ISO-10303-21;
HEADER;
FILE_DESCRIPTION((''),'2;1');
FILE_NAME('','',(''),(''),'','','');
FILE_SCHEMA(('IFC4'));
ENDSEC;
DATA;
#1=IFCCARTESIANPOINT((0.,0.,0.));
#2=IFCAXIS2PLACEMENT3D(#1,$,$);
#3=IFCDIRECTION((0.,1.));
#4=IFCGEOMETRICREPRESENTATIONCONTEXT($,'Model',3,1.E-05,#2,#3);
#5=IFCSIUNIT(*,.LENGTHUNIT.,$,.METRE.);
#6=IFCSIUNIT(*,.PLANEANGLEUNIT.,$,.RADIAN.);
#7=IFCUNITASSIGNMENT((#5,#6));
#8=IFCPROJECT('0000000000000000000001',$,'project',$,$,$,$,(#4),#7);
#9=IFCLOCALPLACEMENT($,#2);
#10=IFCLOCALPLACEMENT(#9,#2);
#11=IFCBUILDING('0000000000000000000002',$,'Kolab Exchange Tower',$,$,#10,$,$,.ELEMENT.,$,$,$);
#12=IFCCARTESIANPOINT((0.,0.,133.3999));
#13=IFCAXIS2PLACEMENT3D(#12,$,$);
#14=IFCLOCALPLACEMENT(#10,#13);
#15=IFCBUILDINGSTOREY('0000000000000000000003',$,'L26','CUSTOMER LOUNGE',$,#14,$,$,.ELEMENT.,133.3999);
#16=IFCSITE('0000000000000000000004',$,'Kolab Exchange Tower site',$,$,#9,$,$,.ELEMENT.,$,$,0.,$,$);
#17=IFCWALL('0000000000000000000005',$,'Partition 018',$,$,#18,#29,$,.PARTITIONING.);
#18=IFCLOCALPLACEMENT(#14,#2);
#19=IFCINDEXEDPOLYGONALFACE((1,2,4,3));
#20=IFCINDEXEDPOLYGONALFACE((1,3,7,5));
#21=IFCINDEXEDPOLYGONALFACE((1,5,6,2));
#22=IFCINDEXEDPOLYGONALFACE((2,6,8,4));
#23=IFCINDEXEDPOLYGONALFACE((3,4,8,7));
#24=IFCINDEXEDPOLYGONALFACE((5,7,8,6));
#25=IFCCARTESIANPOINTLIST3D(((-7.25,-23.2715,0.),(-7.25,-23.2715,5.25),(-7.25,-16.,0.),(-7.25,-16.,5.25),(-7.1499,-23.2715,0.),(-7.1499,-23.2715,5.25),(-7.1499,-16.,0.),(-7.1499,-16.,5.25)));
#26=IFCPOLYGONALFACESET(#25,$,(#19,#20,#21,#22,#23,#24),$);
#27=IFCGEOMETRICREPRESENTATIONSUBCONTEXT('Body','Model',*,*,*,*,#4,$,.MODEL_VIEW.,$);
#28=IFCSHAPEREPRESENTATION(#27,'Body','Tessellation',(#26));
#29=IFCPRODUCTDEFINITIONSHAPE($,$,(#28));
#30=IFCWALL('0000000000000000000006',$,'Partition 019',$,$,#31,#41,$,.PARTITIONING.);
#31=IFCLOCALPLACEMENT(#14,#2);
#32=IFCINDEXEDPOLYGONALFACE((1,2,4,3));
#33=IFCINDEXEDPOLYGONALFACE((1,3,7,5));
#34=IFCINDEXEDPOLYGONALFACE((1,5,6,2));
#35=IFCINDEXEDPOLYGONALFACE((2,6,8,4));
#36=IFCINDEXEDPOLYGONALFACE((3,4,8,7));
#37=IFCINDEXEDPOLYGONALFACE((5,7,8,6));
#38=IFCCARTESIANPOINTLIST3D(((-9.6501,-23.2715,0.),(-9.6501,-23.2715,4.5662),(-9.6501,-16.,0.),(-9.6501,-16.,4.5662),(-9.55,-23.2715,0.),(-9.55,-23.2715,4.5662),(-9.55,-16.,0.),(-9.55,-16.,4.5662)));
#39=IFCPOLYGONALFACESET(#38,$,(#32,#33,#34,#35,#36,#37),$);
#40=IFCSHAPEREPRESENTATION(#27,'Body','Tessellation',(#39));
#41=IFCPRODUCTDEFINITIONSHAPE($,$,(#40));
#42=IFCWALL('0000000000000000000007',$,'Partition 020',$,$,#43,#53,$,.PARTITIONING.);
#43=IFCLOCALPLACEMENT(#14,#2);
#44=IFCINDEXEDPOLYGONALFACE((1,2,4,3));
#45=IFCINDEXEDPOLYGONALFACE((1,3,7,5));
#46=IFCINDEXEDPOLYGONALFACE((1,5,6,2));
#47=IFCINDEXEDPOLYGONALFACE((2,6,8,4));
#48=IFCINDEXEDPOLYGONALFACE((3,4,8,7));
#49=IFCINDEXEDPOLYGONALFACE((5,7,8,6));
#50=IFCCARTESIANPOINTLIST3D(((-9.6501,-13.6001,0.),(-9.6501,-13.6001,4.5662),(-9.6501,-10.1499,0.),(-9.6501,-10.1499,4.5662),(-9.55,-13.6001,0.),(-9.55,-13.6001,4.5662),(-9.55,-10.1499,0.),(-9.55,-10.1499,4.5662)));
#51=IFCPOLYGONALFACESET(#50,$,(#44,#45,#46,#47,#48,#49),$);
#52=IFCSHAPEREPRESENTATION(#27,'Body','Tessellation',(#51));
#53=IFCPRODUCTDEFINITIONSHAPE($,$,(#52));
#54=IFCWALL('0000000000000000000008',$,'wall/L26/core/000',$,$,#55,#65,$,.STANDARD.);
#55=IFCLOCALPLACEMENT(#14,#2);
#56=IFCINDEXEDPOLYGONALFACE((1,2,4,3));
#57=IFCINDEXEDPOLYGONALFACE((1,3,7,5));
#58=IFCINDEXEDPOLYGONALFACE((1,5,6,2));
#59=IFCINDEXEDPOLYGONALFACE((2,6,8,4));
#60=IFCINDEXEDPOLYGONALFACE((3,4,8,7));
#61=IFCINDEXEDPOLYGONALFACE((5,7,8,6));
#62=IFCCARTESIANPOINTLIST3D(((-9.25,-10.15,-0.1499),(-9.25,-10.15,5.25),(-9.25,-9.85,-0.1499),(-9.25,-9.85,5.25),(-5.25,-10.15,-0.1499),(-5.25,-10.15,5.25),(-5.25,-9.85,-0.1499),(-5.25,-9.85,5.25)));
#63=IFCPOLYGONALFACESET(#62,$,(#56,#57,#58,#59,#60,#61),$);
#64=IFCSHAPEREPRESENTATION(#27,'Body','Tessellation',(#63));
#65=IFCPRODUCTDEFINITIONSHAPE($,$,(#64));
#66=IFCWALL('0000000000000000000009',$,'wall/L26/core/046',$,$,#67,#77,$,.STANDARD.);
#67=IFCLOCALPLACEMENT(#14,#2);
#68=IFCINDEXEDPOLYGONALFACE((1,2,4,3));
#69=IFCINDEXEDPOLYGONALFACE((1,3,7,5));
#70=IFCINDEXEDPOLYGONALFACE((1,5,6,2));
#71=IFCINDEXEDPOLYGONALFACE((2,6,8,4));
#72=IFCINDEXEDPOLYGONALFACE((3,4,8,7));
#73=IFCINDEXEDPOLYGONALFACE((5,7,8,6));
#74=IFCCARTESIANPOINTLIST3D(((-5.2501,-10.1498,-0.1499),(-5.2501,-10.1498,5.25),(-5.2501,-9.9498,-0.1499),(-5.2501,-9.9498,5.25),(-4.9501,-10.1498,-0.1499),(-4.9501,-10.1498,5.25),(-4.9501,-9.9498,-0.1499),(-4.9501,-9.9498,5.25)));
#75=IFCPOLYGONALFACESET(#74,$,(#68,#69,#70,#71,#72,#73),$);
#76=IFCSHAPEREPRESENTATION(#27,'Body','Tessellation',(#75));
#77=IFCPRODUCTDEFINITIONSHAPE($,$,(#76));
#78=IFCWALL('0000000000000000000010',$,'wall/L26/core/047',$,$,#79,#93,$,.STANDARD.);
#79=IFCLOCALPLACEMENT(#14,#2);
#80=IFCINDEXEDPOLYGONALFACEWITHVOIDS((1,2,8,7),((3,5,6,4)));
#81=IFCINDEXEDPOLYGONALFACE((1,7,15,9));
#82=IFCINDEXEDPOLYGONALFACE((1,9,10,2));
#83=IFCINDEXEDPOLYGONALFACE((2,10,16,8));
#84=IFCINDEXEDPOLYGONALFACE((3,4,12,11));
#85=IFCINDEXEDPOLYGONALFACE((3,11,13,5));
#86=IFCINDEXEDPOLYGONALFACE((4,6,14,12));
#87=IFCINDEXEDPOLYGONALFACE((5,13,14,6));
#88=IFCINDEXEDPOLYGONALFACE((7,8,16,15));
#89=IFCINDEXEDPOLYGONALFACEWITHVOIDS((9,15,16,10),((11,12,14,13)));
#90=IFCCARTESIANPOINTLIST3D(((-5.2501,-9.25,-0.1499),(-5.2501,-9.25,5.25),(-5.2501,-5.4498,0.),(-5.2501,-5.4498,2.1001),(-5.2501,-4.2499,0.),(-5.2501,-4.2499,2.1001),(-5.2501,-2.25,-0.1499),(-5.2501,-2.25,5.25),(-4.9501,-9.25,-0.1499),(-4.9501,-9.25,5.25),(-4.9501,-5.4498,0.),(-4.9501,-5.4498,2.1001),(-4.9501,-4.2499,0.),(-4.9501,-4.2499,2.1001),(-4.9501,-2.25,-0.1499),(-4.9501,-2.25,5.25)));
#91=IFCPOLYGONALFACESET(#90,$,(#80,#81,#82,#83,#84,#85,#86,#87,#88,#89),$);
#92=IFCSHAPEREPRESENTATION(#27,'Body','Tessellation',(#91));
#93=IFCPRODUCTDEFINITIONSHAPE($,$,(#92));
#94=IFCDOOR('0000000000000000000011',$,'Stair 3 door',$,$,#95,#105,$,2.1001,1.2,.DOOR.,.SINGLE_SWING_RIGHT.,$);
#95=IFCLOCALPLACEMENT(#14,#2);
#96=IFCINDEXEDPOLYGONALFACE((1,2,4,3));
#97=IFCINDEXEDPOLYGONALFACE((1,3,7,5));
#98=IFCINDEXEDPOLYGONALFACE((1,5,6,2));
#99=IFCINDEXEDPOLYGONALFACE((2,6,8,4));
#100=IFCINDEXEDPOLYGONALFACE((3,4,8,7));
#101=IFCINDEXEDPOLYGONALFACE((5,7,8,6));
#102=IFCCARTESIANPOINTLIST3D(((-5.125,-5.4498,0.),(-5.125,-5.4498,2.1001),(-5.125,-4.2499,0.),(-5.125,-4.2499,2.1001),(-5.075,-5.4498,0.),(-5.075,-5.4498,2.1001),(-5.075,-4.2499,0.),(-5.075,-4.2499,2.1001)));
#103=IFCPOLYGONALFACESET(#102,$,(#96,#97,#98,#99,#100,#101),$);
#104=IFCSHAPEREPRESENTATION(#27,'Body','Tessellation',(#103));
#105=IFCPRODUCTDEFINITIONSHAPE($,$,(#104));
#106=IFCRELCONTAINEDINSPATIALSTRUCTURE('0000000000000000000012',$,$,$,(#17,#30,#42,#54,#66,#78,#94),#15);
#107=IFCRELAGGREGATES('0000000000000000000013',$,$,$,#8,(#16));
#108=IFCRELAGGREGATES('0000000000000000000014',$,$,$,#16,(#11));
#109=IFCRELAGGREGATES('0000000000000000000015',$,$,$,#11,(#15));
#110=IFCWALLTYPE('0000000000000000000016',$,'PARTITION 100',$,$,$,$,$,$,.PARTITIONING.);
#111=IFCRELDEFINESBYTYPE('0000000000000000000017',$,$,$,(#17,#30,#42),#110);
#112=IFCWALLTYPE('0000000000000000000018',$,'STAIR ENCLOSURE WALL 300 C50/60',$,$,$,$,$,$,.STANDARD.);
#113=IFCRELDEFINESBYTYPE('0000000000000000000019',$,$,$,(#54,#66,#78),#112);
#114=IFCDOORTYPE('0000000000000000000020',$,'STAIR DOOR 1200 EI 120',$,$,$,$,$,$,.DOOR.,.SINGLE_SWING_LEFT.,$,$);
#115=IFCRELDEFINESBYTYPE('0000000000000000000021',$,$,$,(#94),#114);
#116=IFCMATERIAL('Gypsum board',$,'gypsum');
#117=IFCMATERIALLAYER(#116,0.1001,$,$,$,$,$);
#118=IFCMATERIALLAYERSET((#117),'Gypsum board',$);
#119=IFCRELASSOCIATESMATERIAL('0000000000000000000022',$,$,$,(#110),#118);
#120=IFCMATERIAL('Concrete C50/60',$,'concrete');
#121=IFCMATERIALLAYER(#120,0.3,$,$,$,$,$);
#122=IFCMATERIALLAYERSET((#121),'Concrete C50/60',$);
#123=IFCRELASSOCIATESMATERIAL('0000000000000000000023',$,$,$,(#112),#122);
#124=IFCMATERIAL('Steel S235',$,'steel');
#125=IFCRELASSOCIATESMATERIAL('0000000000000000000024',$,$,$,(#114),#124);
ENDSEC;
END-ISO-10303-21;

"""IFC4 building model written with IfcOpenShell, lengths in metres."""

from ifc_helpers import new_model, si_unit, direction, frame, frame_2d, origin, place, context, subcontext, project, spatial, rectangle, extrude, material, layer, layer_set, type_object, element, fill, save


model = new_model("IFC4")

# Units and contexts
model_context = context("Model", 3, precision=1e-05, world=origin(), true_north=direction((0.0, 1.0)))
body_context = subcontext(model_context, "Body", "Model", "MODEL_VIEW")
ifc_project = project(units=[si_unit("LENGTHUNIT", "METRE"), si_unit("PLANEANGLEUNIT", "RADIAN")], contexts=[model_context])

# Site, building, storey
site_placement = place(None, origin())
site = spatial("IfcSite", under=ifc_project, at=site_placement, Name="Kolab Exchange Tower site", CompositionType="ELEMENT", RefElevation=0.0)
building_placement = place(site_placement, origin())
building = spatial("IfcBuilding", under=site, at=building_placement, Name="Kolab Exchange Tower", CompositionType="ELEMENT")
storey_placement = place(building_placement, frame((0.0, 0.0, 133.3999)))
storey = spatial("IfcBuildingStorey", under=building, at=storey_placement, Name="L26", Description="CUSTOMER LOUNGE", CompositionType="ELEMENT", Elevation=133.3999)

# Shared definitions
ifc_material_1 = material(Name="Steel S235", Category="steel")

# Walls
ifc_material_2 = material(Name="Gypsum board", Category="gypsum")
ifc_layer_1 = layer(ifc_material_2, 0.1001)
ifc_layer_set_1 = layer_set([ifc_layer_1], Name="Gypsum board")
wall_type_1 = type_object("IfcWallType", Name="PARTITION 100", PredefinedType="PARTITIONING", material=ifc_layer_set_1)
wall_1_placement = place(storey_placement, frame((-7.2, -23.2715, 0.0), z_axis=(0.0, 0.0, 1.0), x_axis=(0.0, 1.0, 0.0)))
element("IfcWall", 1, at=wall_1_placement, inside=storey, type_object=wall_type_1, Name="Partition 018", PredefinedType="PARTITIONING", context=body_context, shape_type="SweptSolid", body=[
    extrude(rectangle(XDim=7.2715, YDim=0.1001, at=frame_2d((3.6357, 0.0))), origin(), (0.0, 0.0, 1.0), 5.25),
])
wall_2_placement = place(storey_placement, frame((-9.6001, -23.2715, 0.0), z_axis=(0.0, 0.0, 1.0), x_axis=(0.0, 1.0, 0.0)))
element("IfcWall", 2, at=wall_2_placement, inside=storey, type_object=wall_type_1, Name="Partition 019", PredefinedType="PARTITIONING", context=body_context, shape_type="SweptSolid", body=[
    extrude(rectangle(XDim=7.2715, YDim=0.1001, at=frame_2d((3.6357, 0.0))), origin(), (0.0, 0.0, 1.0), 4.5662),
])
wall_3_placement = place(storey_placement, frame((-9.6001, -13.6001, 0.0), z_axis=(0.0, 0.0, 1.0), x_axis=(0.0, 1.0, 0.0)))
element("IfcWall", 3, at=wall_3_placement, inside=storey, type_object=wall_type_1, Name="Partition 020", PredefinedType="PARTITIONING", context=body_context, shape_type="SweptSolid", body=[
    extrude(rectangle(XDim=3.4502, YDim=0.1001, at=frame_2d((1.7251, 0.0))), origin(), (0.0, 0.0, 1.0), 4.5662),
])
ifc_material_3 = material(Name="Concrete C50/60", Category="concrete")
ifc_layer_2 = layer(ifc_material_3, 0.3)
ifc_layer_set_2 = layer_set([ifc_layer_2], Name="Concrete C50/60")
wall_type_2 = type_object("IfcWallType", Name="STAIR ENCLOSURE WALL 300 C50/60", PredefinedType="STANDARD", material=ifc_layer_set_2)
wall_4_placement = place(storey_placement, frame((-9.25, -10.0, -0.1499), z_axis=(0.0, 0.0, 1.0), x_axis=(1.0, 0.0, 0.0)))
element("IfcWall", 4, at=wall_4_placement, inside=storey, type_object=wall_type_2, Name="wall/L26/core/000", PredefinedType="STANDARD", context=body_context, shape_type="SweptSolid", body=[
    extrude(rectangle(XDim=4.0, YDim=0.3, at=frame_2d((2.0, 0.0))), origin(), (0.0, 0.0, 1.0), 5.3999),
])
wall_5_placement = place(storey_placement, frame((-5.1001, -10.1499, -0.1499), z_axis=(0.0, 0.0, 1.0), x_axis=(0.0, 1.0, 0.0)))
element("IfcWall", 5, at=wall_5_placement, inside=storey, type_object=wall_type_2, Name="wall/L26/core/046", PredefinedType="STANDARD", context=body_context, shape_type="SweptSolid", body=[
    extrude(rectangle(XDim=0.2, YDim=0.3, at=frame_2d((0.1001, 0.0))), origin(), (0.0, 0.0, 1.0), 5.3999),
])

# Wall, opening, door
wall_6_placement = place(storey_placement, frame((-5.1001, -9.25, -0.1499), z_axis=(0.0, 0.0, 1.0), x_axis=(0.0, 1.0, 0.0)))
wall_6 = element("IfcWall", 6, at=wall_6_placement, inside=storey, type_object=wall_type_2, Name="wall/L26/core/047", PredefinedType="STANDARD", context=body_context, shape_type="SweptSolid", body=[
    extrude(rectangle(XDim=7.0, YDim=0.3, at=frame_2d((3.5, 0.0))), origin(), (0.0, 0.0, 1.0), 5.3999),
])
opening_1_placement = place(wall_6_placement, frame((3.8, 0.0, 0.1499)))
opening_1 = element("IfcOpeningElement", 7, at=opening_1_placement, cuts=wall_6, PredefinedType="OPENING", context=body_context, shape_type="SweptSolid", body=[
    extrude(rectangle(XDim=1.2, YDim=2.1001, at=frame_2d((0.6001, 1.05))), frame((0.0, 0.1602, 0.0), z_axis=(0.0, -1.0, 0.0), x_axis=(1.0, 0.0, 0.0)), (0.0, 0.0, 1.0), 0.3201),
])
door_type_1 = type_object("IfcDoorType", Name="STAIR DOOR 1200 EI 120", OperationType="SINGLE_SWING_LEFT", PredefinedType="DOOR", material=ifc_material_1)
door_1_placement = place(opening_1_placement, origin())
door_1 = element("IfcDoor", 8, at=door_1_placement, inside=storey, type_object=door_type_1, Name="Stair 3 door", OperationType="SINGLE_SWING_RIGHT", OverallHeight=2.1001, OverallWidth=1.2, PredefinedType="DOOR", context=body_context, shape_type="SweptSolid", body=[
    extrude(rectangle(XDim=1.2, YDim=2.1001, at=frame_2d((0.6001, 1.05))), frame((0.0, 0.0249, 0.0), z_axis=(0.0, -1.0, 0.0), x_axis=(1.0, 0.0, 0.0)), (0.0, 0.0, 1.0), 0.05),
])
fill(opening_1, door_1)

save(model, "model.ifc")
